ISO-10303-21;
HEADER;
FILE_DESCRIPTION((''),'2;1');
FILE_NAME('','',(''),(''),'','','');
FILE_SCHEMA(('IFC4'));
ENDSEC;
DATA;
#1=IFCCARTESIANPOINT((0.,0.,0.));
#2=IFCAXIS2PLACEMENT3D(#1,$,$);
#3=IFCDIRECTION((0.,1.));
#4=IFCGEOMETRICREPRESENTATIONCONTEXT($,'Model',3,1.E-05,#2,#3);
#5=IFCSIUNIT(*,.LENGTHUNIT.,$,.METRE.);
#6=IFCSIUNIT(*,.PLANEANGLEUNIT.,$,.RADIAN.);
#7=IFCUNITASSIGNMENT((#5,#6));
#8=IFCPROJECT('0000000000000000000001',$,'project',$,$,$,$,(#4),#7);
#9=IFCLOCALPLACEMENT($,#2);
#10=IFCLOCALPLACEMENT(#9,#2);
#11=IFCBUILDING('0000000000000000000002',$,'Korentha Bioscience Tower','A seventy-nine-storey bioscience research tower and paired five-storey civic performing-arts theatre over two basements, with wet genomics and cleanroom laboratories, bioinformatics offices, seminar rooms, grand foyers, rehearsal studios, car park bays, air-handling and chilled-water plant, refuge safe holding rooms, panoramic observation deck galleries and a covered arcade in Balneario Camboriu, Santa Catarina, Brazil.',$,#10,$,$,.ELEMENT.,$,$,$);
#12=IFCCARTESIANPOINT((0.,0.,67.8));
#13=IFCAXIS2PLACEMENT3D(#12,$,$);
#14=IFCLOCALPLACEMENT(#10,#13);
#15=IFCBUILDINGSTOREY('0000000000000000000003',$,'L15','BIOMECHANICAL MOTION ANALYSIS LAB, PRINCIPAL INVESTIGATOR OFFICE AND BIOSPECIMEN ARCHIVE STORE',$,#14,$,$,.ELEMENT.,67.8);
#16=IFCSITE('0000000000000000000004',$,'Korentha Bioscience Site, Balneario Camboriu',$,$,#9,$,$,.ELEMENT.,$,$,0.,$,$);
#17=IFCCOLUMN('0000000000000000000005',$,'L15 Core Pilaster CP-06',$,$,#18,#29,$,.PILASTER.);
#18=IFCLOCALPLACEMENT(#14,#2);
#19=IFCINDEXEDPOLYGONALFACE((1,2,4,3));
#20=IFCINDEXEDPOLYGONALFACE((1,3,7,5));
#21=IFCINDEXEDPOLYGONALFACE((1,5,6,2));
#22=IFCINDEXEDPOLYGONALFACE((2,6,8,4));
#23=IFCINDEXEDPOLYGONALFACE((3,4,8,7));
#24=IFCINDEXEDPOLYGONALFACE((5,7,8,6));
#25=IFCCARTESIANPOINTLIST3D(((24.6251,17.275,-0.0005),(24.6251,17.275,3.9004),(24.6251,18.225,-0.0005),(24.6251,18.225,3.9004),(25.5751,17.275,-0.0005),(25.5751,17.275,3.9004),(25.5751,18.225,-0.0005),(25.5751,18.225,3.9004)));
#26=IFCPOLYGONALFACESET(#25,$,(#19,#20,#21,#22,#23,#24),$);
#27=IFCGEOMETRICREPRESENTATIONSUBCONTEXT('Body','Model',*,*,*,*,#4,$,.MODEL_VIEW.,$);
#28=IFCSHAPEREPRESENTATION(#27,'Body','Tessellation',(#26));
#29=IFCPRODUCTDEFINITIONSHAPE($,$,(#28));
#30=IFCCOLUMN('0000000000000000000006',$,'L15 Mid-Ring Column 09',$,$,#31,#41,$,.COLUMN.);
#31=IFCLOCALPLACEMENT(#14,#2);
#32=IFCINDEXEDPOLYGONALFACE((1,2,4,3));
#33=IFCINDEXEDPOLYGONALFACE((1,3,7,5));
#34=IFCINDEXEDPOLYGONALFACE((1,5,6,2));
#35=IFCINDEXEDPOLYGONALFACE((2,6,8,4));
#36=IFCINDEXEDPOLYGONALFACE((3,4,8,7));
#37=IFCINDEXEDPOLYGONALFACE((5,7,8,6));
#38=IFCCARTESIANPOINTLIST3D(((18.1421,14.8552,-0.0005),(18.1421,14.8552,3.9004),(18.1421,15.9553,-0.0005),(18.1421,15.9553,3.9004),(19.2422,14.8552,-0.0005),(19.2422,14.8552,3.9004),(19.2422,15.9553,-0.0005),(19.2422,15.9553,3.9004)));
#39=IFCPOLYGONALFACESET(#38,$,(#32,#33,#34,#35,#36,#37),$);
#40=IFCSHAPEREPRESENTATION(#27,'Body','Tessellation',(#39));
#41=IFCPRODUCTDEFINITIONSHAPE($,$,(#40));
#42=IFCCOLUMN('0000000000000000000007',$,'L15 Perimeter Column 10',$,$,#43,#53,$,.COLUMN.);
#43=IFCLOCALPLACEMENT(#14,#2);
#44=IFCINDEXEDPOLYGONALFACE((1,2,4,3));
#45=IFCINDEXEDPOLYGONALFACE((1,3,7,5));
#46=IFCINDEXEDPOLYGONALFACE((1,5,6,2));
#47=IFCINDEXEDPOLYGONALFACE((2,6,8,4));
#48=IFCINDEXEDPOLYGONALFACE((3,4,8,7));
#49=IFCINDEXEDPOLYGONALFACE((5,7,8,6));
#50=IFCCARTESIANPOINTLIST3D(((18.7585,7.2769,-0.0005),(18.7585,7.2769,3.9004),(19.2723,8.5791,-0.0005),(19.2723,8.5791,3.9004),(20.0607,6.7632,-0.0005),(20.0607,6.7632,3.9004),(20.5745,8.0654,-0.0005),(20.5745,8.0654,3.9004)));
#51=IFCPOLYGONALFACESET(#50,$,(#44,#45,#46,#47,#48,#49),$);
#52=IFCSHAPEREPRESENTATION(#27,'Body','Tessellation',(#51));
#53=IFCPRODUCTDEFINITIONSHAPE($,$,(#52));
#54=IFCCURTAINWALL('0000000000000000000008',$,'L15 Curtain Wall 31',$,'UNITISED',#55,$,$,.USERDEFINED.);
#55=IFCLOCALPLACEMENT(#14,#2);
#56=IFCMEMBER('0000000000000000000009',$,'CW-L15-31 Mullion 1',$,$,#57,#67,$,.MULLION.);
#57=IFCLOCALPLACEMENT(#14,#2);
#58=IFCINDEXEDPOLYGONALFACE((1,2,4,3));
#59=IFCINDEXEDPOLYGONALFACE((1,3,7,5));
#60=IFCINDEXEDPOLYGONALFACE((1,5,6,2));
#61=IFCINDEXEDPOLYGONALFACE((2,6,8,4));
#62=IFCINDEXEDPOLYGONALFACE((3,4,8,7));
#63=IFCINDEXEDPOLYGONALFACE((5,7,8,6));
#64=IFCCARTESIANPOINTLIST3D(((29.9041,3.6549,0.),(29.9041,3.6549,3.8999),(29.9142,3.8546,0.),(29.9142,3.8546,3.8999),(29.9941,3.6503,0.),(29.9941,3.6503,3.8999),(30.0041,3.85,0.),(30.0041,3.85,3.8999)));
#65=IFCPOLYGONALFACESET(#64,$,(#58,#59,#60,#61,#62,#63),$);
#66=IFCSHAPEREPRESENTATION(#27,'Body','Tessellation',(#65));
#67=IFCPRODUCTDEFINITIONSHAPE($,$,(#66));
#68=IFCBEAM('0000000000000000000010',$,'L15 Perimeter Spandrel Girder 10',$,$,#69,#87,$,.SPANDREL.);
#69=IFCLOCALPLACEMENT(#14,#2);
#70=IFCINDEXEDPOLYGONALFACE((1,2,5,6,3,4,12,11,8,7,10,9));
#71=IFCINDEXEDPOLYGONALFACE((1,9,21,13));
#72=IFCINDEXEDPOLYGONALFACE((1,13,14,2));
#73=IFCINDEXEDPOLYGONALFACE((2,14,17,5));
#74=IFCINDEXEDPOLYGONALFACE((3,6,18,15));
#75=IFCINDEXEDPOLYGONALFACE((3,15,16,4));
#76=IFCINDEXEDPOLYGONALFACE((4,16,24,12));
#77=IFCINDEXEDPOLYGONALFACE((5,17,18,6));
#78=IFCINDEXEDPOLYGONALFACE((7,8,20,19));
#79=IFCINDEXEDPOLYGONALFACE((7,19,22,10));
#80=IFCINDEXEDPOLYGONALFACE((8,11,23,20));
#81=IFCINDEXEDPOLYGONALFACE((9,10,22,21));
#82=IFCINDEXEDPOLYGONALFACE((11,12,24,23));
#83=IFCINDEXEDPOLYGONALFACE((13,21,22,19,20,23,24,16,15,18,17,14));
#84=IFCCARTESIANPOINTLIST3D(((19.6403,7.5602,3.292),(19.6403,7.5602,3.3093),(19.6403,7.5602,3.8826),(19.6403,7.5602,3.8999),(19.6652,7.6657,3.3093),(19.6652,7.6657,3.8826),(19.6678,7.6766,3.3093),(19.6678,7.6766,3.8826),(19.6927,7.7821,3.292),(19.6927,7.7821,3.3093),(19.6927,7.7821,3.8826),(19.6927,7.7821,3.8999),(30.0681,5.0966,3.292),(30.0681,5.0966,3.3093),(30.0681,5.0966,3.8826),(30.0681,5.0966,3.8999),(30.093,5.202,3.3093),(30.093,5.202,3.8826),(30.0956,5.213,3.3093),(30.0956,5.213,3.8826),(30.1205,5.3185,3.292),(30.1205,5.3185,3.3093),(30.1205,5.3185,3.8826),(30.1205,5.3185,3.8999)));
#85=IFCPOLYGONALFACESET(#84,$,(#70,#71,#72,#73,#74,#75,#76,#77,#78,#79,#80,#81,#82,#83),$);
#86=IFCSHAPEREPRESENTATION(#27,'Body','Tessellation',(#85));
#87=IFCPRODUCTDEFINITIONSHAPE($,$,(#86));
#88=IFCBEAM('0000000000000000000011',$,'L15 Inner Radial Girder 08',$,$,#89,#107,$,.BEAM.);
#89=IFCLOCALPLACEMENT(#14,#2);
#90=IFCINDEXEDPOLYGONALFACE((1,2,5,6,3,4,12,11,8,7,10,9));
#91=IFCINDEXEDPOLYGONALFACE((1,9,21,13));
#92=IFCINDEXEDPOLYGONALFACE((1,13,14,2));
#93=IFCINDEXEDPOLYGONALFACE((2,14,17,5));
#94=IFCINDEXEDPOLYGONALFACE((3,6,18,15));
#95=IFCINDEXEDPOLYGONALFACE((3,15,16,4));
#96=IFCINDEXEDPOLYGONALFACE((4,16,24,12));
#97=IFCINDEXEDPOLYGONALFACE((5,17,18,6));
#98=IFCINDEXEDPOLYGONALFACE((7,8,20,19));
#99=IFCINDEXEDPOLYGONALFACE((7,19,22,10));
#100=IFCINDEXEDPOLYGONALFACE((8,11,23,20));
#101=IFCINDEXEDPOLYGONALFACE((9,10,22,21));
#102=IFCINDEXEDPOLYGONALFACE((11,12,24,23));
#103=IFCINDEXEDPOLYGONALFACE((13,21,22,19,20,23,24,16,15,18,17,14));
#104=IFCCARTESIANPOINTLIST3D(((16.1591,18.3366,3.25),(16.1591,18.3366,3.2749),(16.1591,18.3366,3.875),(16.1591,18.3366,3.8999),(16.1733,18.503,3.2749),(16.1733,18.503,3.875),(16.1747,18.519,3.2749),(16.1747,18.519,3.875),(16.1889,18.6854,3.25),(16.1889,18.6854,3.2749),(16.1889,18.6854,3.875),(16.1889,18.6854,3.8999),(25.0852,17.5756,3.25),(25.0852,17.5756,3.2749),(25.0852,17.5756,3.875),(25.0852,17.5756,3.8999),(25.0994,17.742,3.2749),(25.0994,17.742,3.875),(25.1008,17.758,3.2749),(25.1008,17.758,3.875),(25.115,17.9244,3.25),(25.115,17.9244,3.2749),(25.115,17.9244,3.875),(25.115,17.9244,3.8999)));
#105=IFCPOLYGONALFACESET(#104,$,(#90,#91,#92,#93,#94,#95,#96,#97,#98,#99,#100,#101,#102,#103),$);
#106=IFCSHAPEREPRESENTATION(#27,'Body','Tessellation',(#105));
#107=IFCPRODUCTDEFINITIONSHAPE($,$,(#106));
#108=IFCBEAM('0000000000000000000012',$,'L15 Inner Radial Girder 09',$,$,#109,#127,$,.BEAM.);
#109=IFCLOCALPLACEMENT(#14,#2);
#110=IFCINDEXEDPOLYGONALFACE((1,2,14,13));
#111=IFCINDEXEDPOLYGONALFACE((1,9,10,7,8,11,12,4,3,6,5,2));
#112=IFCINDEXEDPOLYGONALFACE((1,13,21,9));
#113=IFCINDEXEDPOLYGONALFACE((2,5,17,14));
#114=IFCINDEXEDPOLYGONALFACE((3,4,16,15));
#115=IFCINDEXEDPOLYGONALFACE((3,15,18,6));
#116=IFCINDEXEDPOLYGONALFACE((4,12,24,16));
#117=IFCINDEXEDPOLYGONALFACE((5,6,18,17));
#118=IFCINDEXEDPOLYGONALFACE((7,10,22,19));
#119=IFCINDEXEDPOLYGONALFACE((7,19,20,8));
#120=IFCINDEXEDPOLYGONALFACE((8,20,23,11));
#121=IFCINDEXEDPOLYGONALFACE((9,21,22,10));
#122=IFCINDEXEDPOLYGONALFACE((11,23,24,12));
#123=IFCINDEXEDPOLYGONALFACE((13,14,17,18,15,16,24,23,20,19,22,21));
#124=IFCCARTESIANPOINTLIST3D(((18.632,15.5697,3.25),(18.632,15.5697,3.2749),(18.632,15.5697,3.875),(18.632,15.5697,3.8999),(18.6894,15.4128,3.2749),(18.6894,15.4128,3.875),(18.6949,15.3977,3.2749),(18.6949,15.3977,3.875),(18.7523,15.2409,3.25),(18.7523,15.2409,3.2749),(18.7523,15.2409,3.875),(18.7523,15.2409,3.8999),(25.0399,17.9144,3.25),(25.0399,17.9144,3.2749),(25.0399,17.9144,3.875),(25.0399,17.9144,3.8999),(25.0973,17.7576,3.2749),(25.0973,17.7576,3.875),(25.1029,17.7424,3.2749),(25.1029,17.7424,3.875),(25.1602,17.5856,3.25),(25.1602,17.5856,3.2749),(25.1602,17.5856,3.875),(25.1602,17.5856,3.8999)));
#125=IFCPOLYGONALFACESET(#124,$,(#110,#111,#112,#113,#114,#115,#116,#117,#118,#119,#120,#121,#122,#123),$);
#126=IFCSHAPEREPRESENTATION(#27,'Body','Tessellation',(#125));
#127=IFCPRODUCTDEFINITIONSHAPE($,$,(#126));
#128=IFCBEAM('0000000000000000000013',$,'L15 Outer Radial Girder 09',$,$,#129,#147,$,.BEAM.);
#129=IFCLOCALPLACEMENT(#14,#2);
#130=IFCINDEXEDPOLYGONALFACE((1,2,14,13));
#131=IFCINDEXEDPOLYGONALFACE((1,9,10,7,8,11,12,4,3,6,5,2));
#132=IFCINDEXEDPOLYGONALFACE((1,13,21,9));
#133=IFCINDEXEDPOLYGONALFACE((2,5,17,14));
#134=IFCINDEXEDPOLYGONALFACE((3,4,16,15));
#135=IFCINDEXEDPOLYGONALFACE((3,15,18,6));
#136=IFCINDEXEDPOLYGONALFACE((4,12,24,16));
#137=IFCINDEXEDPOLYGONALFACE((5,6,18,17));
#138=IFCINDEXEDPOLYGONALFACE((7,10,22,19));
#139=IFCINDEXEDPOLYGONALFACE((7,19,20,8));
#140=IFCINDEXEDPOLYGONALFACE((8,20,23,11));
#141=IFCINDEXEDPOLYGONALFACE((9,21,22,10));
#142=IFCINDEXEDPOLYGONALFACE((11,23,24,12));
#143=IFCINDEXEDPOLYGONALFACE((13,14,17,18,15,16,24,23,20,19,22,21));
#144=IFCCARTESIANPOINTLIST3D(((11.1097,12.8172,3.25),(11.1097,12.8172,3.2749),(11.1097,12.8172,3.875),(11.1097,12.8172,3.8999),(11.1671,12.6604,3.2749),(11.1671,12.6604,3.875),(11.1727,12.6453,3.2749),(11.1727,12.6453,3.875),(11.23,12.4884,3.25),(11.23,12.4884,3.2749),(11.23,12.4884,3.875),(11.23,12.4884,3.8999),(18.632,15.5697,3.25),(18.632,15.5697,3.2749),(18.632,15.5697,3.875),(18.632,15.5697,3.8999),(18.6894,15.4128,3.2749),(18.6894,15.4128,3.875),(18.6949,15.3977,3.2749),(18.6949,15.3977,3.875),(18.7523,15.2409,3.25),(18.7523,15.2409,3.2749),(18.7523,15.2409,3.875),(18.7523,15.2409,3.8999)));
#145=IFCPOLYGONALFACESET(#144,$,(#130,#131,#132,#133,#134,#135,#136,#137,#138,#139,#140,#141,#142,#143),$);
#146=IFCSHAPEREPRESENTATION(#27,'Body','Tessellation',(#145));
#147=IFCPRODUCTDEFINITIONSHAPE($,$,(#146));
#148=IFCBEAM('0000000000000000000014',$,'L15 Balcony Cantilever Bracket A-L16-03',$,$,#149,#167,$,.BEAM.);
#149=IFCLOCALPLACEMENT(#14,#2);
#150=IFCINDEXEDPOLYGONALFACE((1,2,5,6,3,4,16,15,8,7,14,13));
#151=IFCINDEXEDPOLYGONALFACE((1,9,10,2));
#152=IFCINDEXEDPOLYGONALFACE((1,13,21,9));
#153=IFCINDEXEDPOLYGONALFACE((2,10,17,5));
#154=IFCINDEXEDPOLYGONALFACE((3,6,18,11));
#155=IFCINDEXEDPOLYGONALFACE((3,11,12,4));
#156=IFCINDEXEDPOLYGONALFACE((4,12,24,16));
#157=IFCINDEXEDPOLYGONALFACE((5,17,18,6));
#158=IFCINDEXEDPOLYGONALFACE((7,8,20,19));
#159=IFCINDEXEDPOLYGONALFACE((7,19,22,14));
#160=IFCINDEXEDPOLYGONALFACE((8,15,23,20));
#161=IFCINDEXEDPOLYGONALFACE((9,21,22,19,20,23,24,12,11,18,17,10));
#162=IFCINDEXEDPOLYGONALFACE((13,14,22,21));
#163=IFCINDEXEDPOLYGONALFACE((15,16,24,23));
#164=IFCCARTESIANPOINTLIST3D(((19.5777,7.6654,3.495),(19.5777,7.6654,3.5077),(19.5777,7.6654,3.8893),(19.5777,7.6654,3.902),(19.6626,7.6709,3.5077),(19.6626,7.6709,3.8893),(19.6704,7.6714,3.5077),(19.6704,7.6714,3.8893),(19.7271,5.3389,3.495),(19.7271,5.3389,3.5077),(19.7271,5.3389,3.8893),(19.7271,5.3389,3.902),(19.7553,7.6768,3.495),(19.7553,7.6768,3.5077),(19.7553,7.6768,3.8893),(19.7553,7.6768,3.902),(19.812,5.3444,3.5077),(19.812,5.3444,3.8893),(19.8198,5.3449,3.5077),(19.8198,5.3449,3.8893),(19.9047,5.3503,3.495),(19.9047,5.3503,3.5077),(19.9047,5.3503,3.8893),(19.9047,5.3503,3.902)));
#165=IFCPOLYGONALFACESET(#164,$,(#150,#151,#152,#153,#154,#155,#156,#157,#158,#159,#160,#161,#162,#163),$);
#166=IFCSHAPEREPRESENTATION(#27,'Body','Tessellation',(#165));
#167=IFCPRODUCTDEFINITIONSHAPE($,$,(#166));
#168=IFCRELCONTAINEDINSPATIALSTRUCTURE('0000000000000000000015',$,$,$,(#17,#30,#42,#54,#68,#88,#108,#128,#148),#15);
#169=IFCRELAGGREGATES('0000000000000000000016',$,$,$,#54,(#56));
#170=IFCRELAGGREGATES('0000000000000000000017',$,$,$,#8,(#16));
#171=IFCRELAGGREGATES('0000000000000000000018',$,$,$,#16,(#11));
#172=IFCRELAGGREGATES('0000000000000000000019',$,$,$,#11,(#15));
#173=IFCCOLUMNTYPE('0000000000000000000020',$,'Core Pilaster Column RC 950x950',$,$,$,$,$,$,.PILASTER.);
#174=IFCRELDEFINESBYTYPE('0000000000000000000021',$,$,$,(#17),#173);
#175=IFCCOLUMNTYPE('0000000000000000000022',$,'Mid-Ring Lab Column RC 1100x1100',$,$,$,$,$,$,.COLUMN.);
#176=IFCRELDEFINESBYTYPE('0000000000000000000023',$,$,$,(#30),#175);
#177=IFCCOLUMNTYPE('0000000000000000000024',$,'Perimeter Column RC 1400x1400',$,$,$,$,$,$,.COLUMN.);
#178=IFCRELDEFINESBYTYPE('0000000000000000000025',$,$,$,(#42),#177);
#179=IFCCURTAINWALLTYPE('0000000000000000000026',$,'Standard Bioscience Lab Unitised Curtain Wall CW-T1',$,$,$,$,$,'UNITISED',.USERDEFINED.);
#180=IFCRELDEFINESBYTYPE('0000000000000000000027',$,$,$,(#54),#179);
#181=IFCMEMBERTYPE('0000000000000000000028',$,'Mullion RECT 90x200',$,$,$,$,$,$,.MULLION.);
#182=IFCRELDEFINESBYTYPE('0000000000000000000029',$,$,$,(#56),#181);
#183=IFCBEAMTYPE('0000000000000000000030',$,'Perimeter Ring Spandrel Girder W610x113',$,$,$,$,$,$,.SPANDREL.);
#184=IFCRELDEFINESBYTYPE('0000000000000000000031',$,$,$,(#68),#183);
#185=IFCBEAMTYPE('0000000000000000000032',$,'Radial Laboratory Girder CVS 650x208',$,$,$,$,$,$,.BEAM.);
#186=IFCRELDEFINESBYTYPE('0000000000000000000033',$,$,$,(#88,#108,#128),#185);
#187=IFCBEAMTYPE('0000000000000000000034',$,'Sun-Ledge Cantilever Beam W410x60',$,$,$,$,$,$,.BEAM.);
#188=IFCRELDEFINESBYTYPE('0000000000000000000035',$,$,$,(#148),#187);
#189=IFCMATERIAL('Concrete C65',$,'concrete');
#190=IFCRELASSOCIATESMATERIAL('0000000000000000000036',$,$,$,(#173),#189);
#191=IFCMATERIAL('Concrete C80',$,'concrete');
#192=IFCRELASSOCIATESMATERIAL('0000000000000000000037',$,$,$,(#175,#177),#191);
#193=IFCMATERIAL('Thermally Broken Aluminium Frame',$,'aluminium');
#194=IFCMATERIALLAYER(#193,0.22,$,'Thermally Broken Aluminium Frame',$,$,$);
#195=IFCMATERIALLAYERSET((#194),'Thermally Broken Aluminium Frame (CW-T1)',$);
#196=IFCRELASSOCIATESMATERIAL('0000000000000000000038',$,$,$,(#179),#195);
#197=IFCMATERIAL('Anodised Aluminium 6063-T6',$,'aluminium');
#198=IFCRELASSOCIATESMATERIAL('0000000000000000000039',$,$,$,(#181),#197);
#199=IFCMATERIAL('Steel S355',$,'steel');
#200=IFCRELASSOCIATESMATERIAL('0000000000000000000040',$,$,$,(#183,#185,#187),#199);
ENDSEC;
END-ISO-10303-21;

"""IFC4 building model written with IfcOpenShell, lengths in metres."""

from ifc_helpers import new_model, si_unit, direction, frame, origin, origin_2d, place, context, subcontext, project, spatial, rectangle, i_section, extrude, material, layer, layer_set, material_profile, profile_set, type_object, element, aggregate, save


model = new_model("IFC4")

# Units and contexts
model_context = context("Model", 3, precision=1e-05, world=origin(), true_north=direction((0.0, 1.0)))
body_context = subcontext(model_context, "Body", "Model", "MODEL_VIEW")
ifc_project = project(units=[si_unit("LENGTHUNIT", "METRE"), si_unit("PLANEANGLEUNIT", "RADIAN")], contexts=[model_context])

# Site, building, storey
site_placement = place(None, origin())
site = spatial("IfcSite", under=ifc_project, at=site_placement, Name="Korentha Bioscience Site, Balneario Camboriu", CompositionType="ELEMENT", RefElevation=0.0)
building_placement = place(site_placement, origin())
building = spatial("IfcBuilding", under=site, at=building_placement, Name="Korentha Bioscience Tower", Description="A seventy-nine-storey bioscience research tower and paired five-storey civic performing-arts theatre over two basements, with wet genomics and cleanroom laboratories, bioinformatics offices, seminar rooms, grand foyers, rehearsal studios, car park bays, air-handling and chilled-water plant, refuge safe holding rooms, panoramic observation deck galleries and a covered arcade in Balneario Camboriu, Santa Catarina, Brazil.", CompositionType="ELEMENT")
storey_placement = place(building_placement, frame((0.0, 0.0, 67.8)))
storey = spatial("IfcBuildingStorey", under=building, at=storey_placement, Name="L15", Description="BIOMECHANICAL MOTION ANALYSIS LAB, PRINCIPAL INVESTIGATOR OFFICE AND BIOSPECIMEN ARCHIVE STORE", CompositionType="ELEMENT", Elevation=67.8)

# Columns
ifc_material_1 = material(Name="Concrete C65", Category="concrete")
ifc_material_profile_1 = material_profile(ifc_material_1, rectangle(XDim=0.95, YDim=0.95, at=origin_2d()), Name="Concrete C65")
ifc_profile_set_1 = profile_set([ifc_material_profile_1], Name="Concrete C65 (COL-CP09)")
column_type_1 = type_object("IfcColumnType", Name="Core Pilaster Column RC 950x950", PredefinedType="PILASTER", material=ifc_profile_set_1)
column_1_placement = place(storey_placement, frame((25.1001, 17.75, -0.0005), z_axis=(0.0, 0.0, 1.0), x_axis=(1.0, 0.0, 0.0)))
element("IfcColumn", 1, at=column_1_placement, inside=storey, type_object=column_type_1, Name="L15 Core Pilaster CP-06", PredefinedType="PILASTER", context=body_context, shape_type="SweptSolid", body=[
    extrude(rectangle(XDim=0.95, YDim=0.95, at=origin_2d()), origin(), (0.0, 0.0, 1.0), 3.9009),
])
ifc_material_2 = material(Name="Concrete C80", Category="concrete")
ifc_material_profile_2 = material_profile(ifc_material_2, rectangle(XDim=1.1001, YDim=1.1001, at=origin_2d()), Name="Concrete C80")
ifc_profile_set_2 = profile_set([ifc_material_profile_2], Name="Concrete C80 (COL-MR11)")
column_type_2 = type_object("IfcColumnType", Name="Mid-Ring Lab Column RC 1100x1100", PredefinedType="COLUMN", material=ifc_profile_set_2)
column_2_placement = place(storey_placement, frame((18.6921, 15.4053, -0.0005), z_axis=(0.0, 0.0, 1.0), x_axis=(1.0, 0.0, 0.0)))
element("IfcColumn", 2, at=column_2_placement, inside=storey, type_object=column_type_2, Name="L15 Mid-Ring Column 09", PredefinedType="COLUMN", context=body_context, shape_type="SweptSolid", body=[
    extrude(rectangle(XDim=1.1001, YDim=1.1001, at=origin_2d()), origin(), (0.0, 0.0, 1.0), 3.9009),
])
ifc_material_profile_3 = material_profile(ifc_material_2, rectangle(XDim=1.3999, YDim=1.3999, at=origin_2d()), Name="Concrete C80")
ifc_profile_set_3 = profile_set([ifc_material_profile_3], Name="Concrete C80 (COL-P14)")
column_type_3 = type_object("IfcColumnType", Name="Perimeter Column RC 1400x1400", PredefinedType="COLUMN", material=ifc_profile_set_3)
column_3_placement = place(storey_placement, frame((19.6665, 7.6711, -0.0005), z_axis=(0.0, 0.0, 1.0), x_axis=(-0.930226, 0.366988, 0.0)))
element("IfcColumn", 3, at=column_3_placement, inside=storey, type_object=column_type_3, Name="L15 Perimeter Column 10", PredefinedType="COLUMN", context=body_context, shape_type="SweptSolid", body=[
    extrude(rectangle(XDim=1.3999, YDim=1.3999, at=origin_2d()), origin(), (0.0, 0.0, 1.0), 3.9009),
])

# Curtain wall, member
ifc_material_3 = material(Name="Thermally Broken Aluminium Frame", Category="aluminium")
ifc_layer_1 = layer(ifc_material_3, 0.22, Name="Thermally Broken Aluminium Frame")
ifc_layer_set_1 = layer_set([ifc_layer_1], Name="Thermally Broken Aluminium Frame (CW-T1)")
curtain_wall_type = type_object("IfcCurtainWallType", Name="Standard Bioscience Lab Unitised Curtain Wall CW-T1", ElementType="UNITISED", PredefinedType="USERDEFINED", material=ifc_layer_set_1)
curtain_wall_placement = place(storey_placement, origin())
curtain_wall = element("IfcCurtainWall", 4, at=curtain_wall_placement, inside=storey, type_object=curtain_wall_type, Name="L15 Curtain Wall 31", ObjectType="UNITISED", PredefinedType="USERDEFINED")
ifc_material_4 = material(Name="Anodised Aluminium 6063-T6", Category="aluminium")
ifc_material_profile_4 = material_profile(ifc_material_4, rectangle(XDim=0.0901, YDim=0.2, at=origin_2d()), Name="Anodised Aluminium 6063-T6")
ifc_profile_set_4 = profile_set([ifc_material_profile_4], Name="Anodised Aluminium 6063-T6 (CW-MUL)")
member_type_1 = type_object("IfcMemberType", Name="Mullion RECT 90x200", PredefinedType="MULLION", material=ifc_profile_set_4)
member_1_placement = place(storey_placement, frame((29.9541, 3.7524, 0.0), z_axis=(0.0, 0.0, 1.0), x_axis=(0.998731, -0.050371, 0.0)))
member_1 = element("IfcMember", 5, at=member_1_placement, type_object=member_type_1, Name="CW-L15-31 Mullion 1", PredefinedType="MULLION", context=body_context, shape_type="SweptSolid", body=[
    extrude(rectangle(XDim=0.0901, YDim=0.2, at=origin_2d()), origin(), (0.0, 0.0, 1.0), 3.8999),
])

# Beams
ifc_material_5 = material(Name="Steel S355", Category="steel")
ifc_material_profile_5 = material_profile(ifc_material_5, i_section(OverallWidth=0.228, OverallDepth=0.6079, WebThickness=0.0112, FlangeThickness=0.0173, at=origin_2d()), Name="Steel S355")
ifc_profile_set_5 = profile_set([ifc_material_profile_5], Name="Steel S355 (SB-610)")
beam_type_1 = type_object("IfcBeamType", Name="Perimeter Ring Spandrel Girder W610x113", PredefinedType="SPANDREL", material=ifc_profile_set_5)
beam_1_placement = place(storey_placement, frame((19.6665, 7.6711, 3.5959), z_axis=(0.973208, -0.229927, 0.0), x_axis=(0.229927, 0.973208, 0.0)))
element("IfcBeam", 6, at=beam_1_placement, inside=storey, type_object=beam_type_1, Name="L15 Perimeter Spandrel Girder 10", PredefinedType="SPANDREL", context=body_context, shape_type="SweptSolid", body=[
    extrude(i_section(OverallWidth=0.228, OverallDepth=0.6079, WebThickness=0.0112, FlangeThickness=0.0173, at=origin_2d()), origin(), (0.0, 0.0, 1.0), 10.7148),
])
ifc_material_profile_6 = material_profile(ifc_material_5, i_section(OverallWidth=0.3501, OverallDepth=0.6499, WebThickness=0.0161, FlangeThickness=0.0249, at=origin_2d()), Name="Steel S355")
ifc_profile_set_6 = profile_set([ifc_material_profile_6], Name="Steel S355 (RB-650)")
beam_type_2 = type_object("IfcBeamType", Name="Radial Laboratory Girder CVS 650x208", PredefinedType="BEAM", material=ifc_profile_set_6)
beam_2_placement = place(storey_placement, frame((25.1001, 17.75, 3.575), z_axis=(-0.996386, 0.084947, 0.0), x_axis=(-0.084947, -0.996386, 0.0)))
element("IfcBeam", 7, at=beam_2_placement, inside=storey, type_object=beam_type_2, Name="L15 Inner Radial Girder 08", PredefinedType="BEAM", context=body_context, shape_type="SweptSolid", body=[
    extrude(i_section(OverallWidth=0.3501, OverallDepth=0.6499, WebThickness=0.0161, FlangeThickness=0.0249, at=origin_2d()), origin(), (0.0, 0.0, 1.0), 8.9585),
])
beam_3_placement = place(storey_placement, frame((25.1001, 17.75, 3.575), z_axis=(-0.939106, -0.343627, 0.0), x_axis=(0.343627, -0.939106, 0.0)))
element("IfcBeam", 8, at=beam_3_placement, inside=storey, type_object=beam_type_2, Name="L15 Inner Radial Girder 09", PredefinedType="BEAM", context=body_context, shape_type="SweptSolid", body=[
    extrude(i_section(OverallWidth=0.3501, OverallDepth=0.6499, WebThickness=0.0161, FlangeThickness=0.0249, at=origin_2d()), origin(), (0.0, 0.0, 1.0), 6.8235),
])
beam_4_placement = place(storey_placement, frame((18.6921, 15.4053, 3.575), z_axis=(-0.939106, -0.343627, 0.0), x_axis=(0.343627, -0.939106, 0.0)))
element("IfcBeam", 9, at=beam_4_placement, inside=storey, type_object=beam_type_2, Name="L15 Outer Radial Girder 09", PredefinedType="BEAM", context=body_context, shape_type="SweptSolid", body=[
    extrude(i_section(OverallWidth=0.3501, OverallDepth=0.6499, WebThickness=0.0161, FlangeThickness=0.0249, at=origin_2d()), origin(), (0.0, 0.0, 1.0), 8.01),
])
ifc_material_profile_7 = material_profile(ifc_material_5, i_section(OverallWidth=0.178, OverallDepth=0.407, WebThickness=0.0078, FlangeThickness=0.0127, at=origin_2d()), Name="Steel S355")
ifc_profile_set_7 = profile_set([ifc_material_profile_7], Name="Steel S355 (CB-410)")
beam_type_3 = type_object("IfcBeamType", Name="Sun-Ledge Cantilever Beam W410x60", PredefinedType="BEAM", material=ifc_profile_set_7)
beam_5_placement = place(storey_placement, frame((19.6665, 7.6711, 3.6985), z_axis=(0.064093, -0.997944, 0.0), x_axis=(0.997944, 0.064093, 0.0)))
element("IfcBeam", 10, at=beam_5_placement, inside=storey, type_object=beam_type_3, Name="L15 Balcony Cantilever Bracket A-L16-03", PredefinedType="BEAM", context=body_context, shape_type="SweptSolid", body=[
    extrude(i_section(OverallWidth=0.178, OverallDepth=0.407, WebThickness=0.0078, FlangeThickness=0.0127, at=origin_2d()), origin(), (0.0, 0.0, 1.0), 2.3313),
])

aggregate(curtain_wall, [member_1])

save(model, "model.ifc")
